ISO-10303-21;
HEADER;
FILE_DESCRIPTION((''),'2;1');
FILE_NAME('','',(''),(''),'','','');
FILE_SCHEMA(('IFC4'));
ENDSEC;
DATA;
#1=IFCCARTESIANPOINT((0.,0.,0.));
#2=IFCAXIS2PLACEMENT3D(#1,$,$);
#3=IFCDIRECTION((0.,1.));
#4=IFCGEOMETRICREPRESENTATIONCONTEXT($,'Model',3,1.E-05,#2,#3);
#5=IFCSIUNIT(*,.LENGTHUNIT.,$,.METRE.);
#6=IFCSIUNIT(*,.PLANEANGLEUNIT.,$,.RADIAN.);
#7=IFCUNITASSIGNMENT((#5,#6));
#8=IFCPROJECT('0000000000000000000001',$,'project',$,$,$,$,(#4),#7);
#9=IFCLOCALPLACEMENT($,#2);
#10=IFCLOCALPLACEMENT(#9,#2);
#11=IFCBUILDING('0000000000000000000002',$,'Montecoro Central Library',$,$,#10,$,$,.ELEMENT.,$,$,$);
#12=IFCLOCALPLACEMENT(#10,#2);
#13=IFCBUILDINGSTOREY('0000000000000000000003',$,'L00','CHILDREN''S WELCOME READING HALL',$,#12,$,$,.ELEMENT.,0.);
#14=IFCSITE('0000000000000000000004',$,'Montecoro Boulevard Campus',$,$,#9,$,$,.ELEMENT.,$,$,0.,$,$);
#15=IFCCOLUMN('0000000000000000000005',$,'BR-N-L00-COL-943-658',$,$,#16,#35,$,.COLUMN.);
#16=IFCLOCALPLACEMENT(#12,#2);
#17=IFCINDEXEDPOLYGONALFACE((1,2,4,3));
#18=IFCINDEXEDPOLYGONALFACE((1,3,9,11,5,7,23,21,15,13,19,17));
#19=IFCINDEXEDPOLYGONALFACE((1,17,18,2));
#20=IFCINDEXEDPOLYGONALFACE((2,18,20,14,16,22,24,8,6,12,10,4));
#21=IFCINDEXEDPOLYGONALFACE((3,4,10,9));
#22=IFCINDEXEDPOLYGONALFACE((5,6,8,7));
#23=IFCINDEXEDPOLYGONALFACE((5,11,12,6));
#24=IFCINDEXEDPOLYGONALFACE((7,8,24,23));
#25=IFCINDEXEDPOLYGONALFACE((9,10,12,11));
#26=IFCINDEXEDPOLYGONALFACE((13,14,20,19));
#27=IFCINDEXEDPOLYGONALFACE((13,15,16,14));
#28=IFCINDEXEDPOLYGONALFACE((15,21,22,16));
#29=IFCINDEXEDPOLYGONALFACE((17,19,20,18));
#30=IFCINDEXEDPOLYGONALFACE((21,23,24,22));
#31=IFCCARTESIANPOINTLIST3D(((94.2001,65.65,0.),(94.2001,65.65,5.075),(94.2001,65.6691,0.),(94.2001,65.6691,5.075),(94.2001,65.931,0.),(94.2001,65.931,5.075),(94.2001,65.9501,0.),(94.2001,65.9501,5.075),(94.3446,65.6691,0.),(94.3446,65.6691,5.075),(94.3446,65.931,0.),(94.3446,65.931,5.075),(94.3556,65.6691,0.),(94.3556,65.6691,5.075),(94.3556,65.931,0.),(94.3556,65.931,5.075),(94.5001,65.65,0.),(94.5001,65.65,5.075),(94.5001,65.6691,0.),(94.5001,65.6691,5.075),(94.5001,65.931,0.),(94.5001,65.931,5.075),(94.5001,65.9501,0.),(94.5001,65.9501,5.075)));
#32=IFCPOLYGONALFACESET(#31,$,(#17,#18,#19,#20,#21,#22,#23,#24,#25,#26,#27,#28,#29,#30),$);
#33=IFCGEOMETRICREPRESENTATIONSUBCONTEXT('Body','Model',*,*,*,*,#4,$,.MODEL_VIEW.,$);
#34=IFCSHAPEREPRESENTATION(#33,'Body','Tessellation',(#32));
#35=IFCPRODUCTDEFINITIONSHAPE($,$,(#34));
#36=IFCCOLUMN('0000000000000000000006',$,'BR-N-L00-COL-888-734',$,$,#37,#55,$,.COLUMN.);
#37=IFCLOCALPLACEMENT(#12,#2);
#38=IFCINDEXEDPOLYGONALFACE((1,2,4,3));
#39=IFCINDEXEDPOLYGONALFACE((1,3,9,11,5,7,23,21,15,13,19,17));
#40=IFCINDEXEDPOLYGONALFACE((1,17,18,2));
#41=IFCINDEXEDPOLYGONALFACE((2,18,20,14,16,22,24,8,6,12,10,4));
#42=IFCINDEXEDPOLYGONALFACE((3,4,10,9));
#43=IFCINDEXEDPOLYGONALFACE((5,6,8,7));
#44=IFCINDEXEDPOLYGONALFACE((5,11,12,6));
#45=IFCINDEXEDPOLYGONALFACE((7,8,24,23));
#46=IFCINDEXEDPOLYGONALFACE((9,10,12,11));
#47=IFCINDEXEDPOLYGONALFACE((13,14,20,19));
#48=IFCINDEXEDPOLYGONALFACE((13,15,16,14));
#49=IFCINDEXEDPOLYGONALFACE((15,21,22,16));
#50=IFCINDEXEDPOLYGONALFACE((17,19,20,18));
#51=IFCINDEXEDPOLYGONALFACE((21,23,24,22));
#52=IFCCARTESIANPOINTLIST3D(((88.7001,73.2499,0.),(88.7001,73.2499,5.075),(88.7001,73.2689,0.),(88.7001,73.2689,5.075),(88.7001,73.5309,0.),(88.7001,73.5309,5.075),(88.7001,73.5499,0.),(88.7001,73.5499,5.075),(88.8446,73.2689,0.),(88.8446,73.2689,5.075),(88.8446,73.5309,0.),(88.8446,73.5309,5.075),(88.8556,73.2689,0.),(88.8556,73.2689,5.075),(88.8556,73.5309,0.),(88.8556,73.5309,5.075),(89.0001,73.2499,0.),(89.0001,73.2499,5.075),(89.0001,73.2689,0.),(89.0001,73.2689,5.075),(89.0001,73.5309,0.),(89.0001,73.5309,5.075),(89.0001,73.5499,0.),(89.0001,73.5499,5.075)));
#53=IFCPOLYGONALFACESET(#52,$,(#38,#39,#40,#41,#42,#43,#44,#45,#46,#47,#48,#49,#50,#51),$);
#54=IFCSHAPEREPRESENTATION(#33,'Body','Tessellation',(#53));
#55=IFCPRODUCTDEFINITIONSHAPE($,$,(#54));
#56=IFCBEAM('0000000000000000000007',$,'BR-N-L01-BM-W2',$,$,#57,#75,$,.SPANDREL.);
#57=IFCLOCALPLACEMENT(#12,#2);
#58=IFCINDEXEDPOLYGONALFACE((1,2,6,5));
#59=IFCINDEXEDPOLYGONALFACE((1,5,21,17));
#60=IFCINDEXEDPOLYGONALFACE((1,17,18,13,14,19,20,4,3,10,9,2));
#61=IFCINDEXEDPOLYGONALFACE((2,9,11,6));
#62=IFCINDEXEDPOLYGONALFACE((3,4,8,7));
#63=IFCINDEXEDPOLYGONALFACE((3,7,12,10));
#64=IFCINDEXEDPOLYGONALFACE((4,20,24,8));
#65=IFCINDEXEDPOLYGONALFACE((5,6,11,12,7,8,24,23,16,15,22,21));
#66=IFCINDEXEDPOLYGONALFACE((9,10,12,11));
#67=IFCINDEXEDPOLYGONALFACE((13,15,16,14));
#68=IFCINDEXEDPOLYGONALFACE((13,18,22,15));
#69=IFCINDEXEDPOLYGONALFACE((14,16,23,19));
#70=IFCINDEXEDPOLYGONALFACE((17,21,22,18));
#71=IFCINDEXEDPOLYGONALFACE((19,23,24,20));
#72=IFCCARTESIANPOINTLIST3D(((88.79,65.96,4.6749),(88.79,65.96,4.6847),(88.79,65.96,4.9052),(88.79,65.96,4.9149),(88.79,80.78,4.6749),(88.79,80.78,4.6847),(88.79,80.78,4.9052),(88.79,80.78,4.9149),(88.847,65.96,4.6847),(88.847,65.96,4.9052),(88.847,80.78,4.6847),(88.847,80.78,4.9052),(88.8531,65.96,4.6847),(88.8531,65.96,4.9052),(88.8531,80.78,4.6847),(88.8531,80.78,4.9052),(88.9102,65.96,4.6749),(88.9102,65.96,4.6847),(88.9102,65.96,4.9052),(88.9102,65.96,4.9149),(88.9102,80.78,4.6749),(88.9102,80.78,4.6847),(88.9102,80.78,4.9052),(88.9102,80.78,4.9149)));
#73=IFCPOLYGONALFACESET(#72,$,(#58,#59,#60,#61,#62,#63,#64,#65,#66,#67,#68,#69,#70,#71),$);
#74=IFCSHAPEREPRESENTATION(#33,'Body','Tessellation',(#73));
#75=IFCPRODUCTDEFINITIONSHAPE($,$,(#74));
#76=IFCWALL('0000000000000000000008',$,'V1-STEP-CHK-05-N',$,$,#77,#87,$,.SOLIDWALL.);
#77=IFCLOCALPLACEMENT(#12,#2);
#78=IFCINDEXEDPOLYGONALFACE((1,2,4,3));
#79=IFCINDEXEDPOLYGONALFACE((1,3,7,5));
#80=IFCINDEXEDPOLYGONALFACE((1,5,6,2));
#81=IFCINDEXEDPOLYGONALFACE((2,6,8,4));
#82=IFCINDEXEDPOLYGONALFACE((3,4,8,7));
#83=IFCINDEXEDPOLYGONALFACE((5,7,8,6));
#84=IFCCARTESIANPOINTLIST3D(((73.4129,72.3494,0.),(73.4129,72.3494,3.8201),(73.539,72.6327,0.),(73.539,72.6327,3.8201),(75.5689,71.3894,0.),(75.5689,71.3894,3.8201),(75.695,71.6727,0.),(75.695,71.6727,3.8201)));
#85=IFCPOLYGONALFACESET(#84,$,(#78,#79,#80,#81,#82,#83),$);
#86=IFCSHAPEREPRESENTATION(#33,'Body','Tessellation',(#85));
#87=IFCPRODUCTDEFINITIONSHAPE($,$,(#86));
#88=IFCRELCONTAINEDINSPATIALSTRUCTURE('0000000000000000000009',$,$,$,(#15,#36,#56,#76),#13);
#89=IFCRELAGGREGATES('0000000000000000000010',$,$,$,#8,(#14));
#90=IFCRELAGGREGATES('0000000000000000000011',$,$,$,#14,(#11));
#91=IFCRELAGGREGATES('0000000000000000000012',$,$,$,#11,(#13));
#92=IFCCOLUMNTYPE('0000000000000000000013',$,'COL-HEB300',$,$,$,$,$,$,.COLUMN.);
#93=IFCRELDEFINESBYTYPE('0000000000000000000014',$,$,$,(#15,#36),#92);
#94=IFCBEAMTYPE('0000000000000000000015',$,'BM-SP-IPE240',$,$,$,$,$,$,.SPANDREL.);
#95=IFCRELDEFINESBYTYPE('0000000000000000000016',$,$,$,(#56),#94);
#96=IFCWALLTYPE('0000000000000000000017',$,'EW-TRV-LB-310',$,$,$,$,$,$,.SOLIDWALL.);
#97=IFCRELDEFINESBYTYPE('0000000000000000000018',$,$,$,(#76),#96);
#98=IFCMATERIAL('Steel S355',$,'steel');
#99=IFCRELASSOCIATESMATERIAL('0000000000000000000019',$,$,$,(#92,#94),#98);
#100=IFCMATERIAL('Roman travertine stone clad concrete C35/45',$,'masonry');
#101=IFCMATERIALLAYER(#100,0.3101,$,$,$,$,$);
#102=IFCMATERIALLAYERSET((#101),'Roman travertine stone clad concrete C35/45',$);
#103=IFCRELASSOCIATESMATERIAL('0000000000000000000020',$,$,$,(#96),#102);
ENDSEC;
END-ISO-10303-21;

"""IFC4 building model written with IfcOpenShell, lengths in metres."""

from ifc_helpers import new_model, si_unit, direction, frame, frame_2d, origin, origin_2d, place, context, subcontext, project, spatial, rectangle, i_section, extrude, material, layer, layer_set, material_profile, profile_set, type_object, element, save


model = new_model("IFC4")

# Units and contexts
model_context = context("Model", 3, precision=1e-05, world=origin(), true_north=direction((0.0, 1.0)))
body_context = subcontext(model_context, "Body", "Model", "MODEL_VIEW")
ifc_project = project(units=[si_unit("LENGTHUNIT", "METRE"), si_unit("PLANEANGLEUNIT", "RADIAN")], contexts=[model_context])

# Site, building, storey
site_placement = place(None, origin())
site = spatial("IfcSite", under=ifc_project, at=site_placement, Name="Montecoro Boulevard Campus", CompositionType="ELEMENT", RefElevation=0.0)
building_placement = place(site_placement, origin())
building = spatial("IfcBuilding", under=site, at=building_placement, Name="Montecoro Central Library", CompositionType="ELEMENT")
storey_placement = place(building_placement, origin())
storey = spatial("IfcBuildingStorey", under=building, at=storey_placement, Name="L00", Description="CHILDREN'S WELCOME READING HALL", CompositionType="ELEMENT", Elevation=0.0)

# Columns
ifc_material_1 = material(Name="Steel S355", Category="steel")
ifc_material_profile_1 = material_profile(ifc_material_1, i_section(OverallWidth=0.3, OverallDepth=0.3, WebThickness=0.011, FlangeThickness=0.019, at=origin_2d()), Name="HEB 300")
ifc_profile_set_1 = profile_set([ifc_material_profile_1], Name="Steel S355")
column_type = type_object("IfcColumnType", Name="COL-HEB300", PredefinedType="COLUMN", material=ifc_profile_set_1)
for number, where, z_axis, x_axis, name in (
    (1, (94.3501, 65.8, 0.0), (0.0, 0.0, 1.0), (1.0, 0.0, 0.0), "BR-N-L00-COL-943-658"),
    (2, (88.8501, 73.3999, 0.0), (0.0, 0.0, 1.0), (1.0, 0.0, 0.0), "BR-N-L00-COL-888-734"),
):
    element("IfcColumn", number, at=place(storey_placement, frame(where, z_axis=z_axis, x_axis=x_axis)), inside=storey, type_object=column_type, Name=name, PredefinedType="COLUMN", context=body_context, shape_type="SweptSolid", body=[
        extrude(i_section(OverallWidth=0.3, OverallDepth=0.3, WebThickness=0.011, FlangeThickness=0.019, at=origin_2d()), origin(), (0.0, 0.0, 1.0), 5.075),
    ])

# Beam
ifc_material_profile_2 = material_profile(ifc_material_1, i_section(OverallWidth=0.1201, OverallDepth=0.24, WebThickness=0.0061, FlangeThickness=0.0098, at=origin_2d()), Name="IPE 240")
ifc_profile_set_2 = profile_set([ifc_material_profile_2], Name="Steel S355")
beam_type = type_object("IfcBeamType", Name="BM-SP-IPE240", PredefinedType="SPANDREL", material=ifc_profile_set_2)
beam_placement = place(storey_placement, frame((88.8501, 65.96, 4.7949), z_axis=(0.0, 1.0, 0.0), x_axis=(-1.0, 0.0, 0.0)))
element("IfcBeam", 3, at=beam_placement, inside=storey, type_object=beam_type, Name="BR-N-L01-BM-W2", PredefinedType="SPANDREL", context=body_context, shape_type="SweptSolid", body=[
    extrude(i_section(OverallWidth=0.1201, OverallDepth=0.24, WebThickness=0.0061, FlangeThickness=0.0098, at=origin_2d()), origin(), (0.0, 0.0, 1.0), 14.8201),
])

# Wall
ifc_material_2 = material(Name="Roman travertine stone clad concrete C35/45", Category="masonry")
ifc_layer = layer(ifc_material_2, 0.3101)
ifc_layer_set = layer_set([ifc_layer], Name="Roman travertine stone clad concrete C35/45")
wall_type = type_object("IfcWallType", Name="EW-TRV-LB-310", PredefinedType="SOLIDWALL", material=ifc_layer_set)
wall_placement = place(storey_placement, frame((75.6321, 71.531, 0.0), z_axis=(0.0, 0.0, 1.0), x_axis=(-0.913538, 0.406753, 0.0)))
element("IfcWall", 4, at=wall_placement, inside=storey, type_object=wall_type, Name="V1-STEP-CHK-05-N", PredefinedType="SOLIDWALL", context=body_context, shape_type="SweptSolid", body=[
    extrude(rectangle(XDim=2.3601, YDim=0.3101, at=frame_2d((1.1802, 0.0))), origin(), (0.0, 0.0, 1.0), 3.8201),
])

save(model, "model.ifc")
